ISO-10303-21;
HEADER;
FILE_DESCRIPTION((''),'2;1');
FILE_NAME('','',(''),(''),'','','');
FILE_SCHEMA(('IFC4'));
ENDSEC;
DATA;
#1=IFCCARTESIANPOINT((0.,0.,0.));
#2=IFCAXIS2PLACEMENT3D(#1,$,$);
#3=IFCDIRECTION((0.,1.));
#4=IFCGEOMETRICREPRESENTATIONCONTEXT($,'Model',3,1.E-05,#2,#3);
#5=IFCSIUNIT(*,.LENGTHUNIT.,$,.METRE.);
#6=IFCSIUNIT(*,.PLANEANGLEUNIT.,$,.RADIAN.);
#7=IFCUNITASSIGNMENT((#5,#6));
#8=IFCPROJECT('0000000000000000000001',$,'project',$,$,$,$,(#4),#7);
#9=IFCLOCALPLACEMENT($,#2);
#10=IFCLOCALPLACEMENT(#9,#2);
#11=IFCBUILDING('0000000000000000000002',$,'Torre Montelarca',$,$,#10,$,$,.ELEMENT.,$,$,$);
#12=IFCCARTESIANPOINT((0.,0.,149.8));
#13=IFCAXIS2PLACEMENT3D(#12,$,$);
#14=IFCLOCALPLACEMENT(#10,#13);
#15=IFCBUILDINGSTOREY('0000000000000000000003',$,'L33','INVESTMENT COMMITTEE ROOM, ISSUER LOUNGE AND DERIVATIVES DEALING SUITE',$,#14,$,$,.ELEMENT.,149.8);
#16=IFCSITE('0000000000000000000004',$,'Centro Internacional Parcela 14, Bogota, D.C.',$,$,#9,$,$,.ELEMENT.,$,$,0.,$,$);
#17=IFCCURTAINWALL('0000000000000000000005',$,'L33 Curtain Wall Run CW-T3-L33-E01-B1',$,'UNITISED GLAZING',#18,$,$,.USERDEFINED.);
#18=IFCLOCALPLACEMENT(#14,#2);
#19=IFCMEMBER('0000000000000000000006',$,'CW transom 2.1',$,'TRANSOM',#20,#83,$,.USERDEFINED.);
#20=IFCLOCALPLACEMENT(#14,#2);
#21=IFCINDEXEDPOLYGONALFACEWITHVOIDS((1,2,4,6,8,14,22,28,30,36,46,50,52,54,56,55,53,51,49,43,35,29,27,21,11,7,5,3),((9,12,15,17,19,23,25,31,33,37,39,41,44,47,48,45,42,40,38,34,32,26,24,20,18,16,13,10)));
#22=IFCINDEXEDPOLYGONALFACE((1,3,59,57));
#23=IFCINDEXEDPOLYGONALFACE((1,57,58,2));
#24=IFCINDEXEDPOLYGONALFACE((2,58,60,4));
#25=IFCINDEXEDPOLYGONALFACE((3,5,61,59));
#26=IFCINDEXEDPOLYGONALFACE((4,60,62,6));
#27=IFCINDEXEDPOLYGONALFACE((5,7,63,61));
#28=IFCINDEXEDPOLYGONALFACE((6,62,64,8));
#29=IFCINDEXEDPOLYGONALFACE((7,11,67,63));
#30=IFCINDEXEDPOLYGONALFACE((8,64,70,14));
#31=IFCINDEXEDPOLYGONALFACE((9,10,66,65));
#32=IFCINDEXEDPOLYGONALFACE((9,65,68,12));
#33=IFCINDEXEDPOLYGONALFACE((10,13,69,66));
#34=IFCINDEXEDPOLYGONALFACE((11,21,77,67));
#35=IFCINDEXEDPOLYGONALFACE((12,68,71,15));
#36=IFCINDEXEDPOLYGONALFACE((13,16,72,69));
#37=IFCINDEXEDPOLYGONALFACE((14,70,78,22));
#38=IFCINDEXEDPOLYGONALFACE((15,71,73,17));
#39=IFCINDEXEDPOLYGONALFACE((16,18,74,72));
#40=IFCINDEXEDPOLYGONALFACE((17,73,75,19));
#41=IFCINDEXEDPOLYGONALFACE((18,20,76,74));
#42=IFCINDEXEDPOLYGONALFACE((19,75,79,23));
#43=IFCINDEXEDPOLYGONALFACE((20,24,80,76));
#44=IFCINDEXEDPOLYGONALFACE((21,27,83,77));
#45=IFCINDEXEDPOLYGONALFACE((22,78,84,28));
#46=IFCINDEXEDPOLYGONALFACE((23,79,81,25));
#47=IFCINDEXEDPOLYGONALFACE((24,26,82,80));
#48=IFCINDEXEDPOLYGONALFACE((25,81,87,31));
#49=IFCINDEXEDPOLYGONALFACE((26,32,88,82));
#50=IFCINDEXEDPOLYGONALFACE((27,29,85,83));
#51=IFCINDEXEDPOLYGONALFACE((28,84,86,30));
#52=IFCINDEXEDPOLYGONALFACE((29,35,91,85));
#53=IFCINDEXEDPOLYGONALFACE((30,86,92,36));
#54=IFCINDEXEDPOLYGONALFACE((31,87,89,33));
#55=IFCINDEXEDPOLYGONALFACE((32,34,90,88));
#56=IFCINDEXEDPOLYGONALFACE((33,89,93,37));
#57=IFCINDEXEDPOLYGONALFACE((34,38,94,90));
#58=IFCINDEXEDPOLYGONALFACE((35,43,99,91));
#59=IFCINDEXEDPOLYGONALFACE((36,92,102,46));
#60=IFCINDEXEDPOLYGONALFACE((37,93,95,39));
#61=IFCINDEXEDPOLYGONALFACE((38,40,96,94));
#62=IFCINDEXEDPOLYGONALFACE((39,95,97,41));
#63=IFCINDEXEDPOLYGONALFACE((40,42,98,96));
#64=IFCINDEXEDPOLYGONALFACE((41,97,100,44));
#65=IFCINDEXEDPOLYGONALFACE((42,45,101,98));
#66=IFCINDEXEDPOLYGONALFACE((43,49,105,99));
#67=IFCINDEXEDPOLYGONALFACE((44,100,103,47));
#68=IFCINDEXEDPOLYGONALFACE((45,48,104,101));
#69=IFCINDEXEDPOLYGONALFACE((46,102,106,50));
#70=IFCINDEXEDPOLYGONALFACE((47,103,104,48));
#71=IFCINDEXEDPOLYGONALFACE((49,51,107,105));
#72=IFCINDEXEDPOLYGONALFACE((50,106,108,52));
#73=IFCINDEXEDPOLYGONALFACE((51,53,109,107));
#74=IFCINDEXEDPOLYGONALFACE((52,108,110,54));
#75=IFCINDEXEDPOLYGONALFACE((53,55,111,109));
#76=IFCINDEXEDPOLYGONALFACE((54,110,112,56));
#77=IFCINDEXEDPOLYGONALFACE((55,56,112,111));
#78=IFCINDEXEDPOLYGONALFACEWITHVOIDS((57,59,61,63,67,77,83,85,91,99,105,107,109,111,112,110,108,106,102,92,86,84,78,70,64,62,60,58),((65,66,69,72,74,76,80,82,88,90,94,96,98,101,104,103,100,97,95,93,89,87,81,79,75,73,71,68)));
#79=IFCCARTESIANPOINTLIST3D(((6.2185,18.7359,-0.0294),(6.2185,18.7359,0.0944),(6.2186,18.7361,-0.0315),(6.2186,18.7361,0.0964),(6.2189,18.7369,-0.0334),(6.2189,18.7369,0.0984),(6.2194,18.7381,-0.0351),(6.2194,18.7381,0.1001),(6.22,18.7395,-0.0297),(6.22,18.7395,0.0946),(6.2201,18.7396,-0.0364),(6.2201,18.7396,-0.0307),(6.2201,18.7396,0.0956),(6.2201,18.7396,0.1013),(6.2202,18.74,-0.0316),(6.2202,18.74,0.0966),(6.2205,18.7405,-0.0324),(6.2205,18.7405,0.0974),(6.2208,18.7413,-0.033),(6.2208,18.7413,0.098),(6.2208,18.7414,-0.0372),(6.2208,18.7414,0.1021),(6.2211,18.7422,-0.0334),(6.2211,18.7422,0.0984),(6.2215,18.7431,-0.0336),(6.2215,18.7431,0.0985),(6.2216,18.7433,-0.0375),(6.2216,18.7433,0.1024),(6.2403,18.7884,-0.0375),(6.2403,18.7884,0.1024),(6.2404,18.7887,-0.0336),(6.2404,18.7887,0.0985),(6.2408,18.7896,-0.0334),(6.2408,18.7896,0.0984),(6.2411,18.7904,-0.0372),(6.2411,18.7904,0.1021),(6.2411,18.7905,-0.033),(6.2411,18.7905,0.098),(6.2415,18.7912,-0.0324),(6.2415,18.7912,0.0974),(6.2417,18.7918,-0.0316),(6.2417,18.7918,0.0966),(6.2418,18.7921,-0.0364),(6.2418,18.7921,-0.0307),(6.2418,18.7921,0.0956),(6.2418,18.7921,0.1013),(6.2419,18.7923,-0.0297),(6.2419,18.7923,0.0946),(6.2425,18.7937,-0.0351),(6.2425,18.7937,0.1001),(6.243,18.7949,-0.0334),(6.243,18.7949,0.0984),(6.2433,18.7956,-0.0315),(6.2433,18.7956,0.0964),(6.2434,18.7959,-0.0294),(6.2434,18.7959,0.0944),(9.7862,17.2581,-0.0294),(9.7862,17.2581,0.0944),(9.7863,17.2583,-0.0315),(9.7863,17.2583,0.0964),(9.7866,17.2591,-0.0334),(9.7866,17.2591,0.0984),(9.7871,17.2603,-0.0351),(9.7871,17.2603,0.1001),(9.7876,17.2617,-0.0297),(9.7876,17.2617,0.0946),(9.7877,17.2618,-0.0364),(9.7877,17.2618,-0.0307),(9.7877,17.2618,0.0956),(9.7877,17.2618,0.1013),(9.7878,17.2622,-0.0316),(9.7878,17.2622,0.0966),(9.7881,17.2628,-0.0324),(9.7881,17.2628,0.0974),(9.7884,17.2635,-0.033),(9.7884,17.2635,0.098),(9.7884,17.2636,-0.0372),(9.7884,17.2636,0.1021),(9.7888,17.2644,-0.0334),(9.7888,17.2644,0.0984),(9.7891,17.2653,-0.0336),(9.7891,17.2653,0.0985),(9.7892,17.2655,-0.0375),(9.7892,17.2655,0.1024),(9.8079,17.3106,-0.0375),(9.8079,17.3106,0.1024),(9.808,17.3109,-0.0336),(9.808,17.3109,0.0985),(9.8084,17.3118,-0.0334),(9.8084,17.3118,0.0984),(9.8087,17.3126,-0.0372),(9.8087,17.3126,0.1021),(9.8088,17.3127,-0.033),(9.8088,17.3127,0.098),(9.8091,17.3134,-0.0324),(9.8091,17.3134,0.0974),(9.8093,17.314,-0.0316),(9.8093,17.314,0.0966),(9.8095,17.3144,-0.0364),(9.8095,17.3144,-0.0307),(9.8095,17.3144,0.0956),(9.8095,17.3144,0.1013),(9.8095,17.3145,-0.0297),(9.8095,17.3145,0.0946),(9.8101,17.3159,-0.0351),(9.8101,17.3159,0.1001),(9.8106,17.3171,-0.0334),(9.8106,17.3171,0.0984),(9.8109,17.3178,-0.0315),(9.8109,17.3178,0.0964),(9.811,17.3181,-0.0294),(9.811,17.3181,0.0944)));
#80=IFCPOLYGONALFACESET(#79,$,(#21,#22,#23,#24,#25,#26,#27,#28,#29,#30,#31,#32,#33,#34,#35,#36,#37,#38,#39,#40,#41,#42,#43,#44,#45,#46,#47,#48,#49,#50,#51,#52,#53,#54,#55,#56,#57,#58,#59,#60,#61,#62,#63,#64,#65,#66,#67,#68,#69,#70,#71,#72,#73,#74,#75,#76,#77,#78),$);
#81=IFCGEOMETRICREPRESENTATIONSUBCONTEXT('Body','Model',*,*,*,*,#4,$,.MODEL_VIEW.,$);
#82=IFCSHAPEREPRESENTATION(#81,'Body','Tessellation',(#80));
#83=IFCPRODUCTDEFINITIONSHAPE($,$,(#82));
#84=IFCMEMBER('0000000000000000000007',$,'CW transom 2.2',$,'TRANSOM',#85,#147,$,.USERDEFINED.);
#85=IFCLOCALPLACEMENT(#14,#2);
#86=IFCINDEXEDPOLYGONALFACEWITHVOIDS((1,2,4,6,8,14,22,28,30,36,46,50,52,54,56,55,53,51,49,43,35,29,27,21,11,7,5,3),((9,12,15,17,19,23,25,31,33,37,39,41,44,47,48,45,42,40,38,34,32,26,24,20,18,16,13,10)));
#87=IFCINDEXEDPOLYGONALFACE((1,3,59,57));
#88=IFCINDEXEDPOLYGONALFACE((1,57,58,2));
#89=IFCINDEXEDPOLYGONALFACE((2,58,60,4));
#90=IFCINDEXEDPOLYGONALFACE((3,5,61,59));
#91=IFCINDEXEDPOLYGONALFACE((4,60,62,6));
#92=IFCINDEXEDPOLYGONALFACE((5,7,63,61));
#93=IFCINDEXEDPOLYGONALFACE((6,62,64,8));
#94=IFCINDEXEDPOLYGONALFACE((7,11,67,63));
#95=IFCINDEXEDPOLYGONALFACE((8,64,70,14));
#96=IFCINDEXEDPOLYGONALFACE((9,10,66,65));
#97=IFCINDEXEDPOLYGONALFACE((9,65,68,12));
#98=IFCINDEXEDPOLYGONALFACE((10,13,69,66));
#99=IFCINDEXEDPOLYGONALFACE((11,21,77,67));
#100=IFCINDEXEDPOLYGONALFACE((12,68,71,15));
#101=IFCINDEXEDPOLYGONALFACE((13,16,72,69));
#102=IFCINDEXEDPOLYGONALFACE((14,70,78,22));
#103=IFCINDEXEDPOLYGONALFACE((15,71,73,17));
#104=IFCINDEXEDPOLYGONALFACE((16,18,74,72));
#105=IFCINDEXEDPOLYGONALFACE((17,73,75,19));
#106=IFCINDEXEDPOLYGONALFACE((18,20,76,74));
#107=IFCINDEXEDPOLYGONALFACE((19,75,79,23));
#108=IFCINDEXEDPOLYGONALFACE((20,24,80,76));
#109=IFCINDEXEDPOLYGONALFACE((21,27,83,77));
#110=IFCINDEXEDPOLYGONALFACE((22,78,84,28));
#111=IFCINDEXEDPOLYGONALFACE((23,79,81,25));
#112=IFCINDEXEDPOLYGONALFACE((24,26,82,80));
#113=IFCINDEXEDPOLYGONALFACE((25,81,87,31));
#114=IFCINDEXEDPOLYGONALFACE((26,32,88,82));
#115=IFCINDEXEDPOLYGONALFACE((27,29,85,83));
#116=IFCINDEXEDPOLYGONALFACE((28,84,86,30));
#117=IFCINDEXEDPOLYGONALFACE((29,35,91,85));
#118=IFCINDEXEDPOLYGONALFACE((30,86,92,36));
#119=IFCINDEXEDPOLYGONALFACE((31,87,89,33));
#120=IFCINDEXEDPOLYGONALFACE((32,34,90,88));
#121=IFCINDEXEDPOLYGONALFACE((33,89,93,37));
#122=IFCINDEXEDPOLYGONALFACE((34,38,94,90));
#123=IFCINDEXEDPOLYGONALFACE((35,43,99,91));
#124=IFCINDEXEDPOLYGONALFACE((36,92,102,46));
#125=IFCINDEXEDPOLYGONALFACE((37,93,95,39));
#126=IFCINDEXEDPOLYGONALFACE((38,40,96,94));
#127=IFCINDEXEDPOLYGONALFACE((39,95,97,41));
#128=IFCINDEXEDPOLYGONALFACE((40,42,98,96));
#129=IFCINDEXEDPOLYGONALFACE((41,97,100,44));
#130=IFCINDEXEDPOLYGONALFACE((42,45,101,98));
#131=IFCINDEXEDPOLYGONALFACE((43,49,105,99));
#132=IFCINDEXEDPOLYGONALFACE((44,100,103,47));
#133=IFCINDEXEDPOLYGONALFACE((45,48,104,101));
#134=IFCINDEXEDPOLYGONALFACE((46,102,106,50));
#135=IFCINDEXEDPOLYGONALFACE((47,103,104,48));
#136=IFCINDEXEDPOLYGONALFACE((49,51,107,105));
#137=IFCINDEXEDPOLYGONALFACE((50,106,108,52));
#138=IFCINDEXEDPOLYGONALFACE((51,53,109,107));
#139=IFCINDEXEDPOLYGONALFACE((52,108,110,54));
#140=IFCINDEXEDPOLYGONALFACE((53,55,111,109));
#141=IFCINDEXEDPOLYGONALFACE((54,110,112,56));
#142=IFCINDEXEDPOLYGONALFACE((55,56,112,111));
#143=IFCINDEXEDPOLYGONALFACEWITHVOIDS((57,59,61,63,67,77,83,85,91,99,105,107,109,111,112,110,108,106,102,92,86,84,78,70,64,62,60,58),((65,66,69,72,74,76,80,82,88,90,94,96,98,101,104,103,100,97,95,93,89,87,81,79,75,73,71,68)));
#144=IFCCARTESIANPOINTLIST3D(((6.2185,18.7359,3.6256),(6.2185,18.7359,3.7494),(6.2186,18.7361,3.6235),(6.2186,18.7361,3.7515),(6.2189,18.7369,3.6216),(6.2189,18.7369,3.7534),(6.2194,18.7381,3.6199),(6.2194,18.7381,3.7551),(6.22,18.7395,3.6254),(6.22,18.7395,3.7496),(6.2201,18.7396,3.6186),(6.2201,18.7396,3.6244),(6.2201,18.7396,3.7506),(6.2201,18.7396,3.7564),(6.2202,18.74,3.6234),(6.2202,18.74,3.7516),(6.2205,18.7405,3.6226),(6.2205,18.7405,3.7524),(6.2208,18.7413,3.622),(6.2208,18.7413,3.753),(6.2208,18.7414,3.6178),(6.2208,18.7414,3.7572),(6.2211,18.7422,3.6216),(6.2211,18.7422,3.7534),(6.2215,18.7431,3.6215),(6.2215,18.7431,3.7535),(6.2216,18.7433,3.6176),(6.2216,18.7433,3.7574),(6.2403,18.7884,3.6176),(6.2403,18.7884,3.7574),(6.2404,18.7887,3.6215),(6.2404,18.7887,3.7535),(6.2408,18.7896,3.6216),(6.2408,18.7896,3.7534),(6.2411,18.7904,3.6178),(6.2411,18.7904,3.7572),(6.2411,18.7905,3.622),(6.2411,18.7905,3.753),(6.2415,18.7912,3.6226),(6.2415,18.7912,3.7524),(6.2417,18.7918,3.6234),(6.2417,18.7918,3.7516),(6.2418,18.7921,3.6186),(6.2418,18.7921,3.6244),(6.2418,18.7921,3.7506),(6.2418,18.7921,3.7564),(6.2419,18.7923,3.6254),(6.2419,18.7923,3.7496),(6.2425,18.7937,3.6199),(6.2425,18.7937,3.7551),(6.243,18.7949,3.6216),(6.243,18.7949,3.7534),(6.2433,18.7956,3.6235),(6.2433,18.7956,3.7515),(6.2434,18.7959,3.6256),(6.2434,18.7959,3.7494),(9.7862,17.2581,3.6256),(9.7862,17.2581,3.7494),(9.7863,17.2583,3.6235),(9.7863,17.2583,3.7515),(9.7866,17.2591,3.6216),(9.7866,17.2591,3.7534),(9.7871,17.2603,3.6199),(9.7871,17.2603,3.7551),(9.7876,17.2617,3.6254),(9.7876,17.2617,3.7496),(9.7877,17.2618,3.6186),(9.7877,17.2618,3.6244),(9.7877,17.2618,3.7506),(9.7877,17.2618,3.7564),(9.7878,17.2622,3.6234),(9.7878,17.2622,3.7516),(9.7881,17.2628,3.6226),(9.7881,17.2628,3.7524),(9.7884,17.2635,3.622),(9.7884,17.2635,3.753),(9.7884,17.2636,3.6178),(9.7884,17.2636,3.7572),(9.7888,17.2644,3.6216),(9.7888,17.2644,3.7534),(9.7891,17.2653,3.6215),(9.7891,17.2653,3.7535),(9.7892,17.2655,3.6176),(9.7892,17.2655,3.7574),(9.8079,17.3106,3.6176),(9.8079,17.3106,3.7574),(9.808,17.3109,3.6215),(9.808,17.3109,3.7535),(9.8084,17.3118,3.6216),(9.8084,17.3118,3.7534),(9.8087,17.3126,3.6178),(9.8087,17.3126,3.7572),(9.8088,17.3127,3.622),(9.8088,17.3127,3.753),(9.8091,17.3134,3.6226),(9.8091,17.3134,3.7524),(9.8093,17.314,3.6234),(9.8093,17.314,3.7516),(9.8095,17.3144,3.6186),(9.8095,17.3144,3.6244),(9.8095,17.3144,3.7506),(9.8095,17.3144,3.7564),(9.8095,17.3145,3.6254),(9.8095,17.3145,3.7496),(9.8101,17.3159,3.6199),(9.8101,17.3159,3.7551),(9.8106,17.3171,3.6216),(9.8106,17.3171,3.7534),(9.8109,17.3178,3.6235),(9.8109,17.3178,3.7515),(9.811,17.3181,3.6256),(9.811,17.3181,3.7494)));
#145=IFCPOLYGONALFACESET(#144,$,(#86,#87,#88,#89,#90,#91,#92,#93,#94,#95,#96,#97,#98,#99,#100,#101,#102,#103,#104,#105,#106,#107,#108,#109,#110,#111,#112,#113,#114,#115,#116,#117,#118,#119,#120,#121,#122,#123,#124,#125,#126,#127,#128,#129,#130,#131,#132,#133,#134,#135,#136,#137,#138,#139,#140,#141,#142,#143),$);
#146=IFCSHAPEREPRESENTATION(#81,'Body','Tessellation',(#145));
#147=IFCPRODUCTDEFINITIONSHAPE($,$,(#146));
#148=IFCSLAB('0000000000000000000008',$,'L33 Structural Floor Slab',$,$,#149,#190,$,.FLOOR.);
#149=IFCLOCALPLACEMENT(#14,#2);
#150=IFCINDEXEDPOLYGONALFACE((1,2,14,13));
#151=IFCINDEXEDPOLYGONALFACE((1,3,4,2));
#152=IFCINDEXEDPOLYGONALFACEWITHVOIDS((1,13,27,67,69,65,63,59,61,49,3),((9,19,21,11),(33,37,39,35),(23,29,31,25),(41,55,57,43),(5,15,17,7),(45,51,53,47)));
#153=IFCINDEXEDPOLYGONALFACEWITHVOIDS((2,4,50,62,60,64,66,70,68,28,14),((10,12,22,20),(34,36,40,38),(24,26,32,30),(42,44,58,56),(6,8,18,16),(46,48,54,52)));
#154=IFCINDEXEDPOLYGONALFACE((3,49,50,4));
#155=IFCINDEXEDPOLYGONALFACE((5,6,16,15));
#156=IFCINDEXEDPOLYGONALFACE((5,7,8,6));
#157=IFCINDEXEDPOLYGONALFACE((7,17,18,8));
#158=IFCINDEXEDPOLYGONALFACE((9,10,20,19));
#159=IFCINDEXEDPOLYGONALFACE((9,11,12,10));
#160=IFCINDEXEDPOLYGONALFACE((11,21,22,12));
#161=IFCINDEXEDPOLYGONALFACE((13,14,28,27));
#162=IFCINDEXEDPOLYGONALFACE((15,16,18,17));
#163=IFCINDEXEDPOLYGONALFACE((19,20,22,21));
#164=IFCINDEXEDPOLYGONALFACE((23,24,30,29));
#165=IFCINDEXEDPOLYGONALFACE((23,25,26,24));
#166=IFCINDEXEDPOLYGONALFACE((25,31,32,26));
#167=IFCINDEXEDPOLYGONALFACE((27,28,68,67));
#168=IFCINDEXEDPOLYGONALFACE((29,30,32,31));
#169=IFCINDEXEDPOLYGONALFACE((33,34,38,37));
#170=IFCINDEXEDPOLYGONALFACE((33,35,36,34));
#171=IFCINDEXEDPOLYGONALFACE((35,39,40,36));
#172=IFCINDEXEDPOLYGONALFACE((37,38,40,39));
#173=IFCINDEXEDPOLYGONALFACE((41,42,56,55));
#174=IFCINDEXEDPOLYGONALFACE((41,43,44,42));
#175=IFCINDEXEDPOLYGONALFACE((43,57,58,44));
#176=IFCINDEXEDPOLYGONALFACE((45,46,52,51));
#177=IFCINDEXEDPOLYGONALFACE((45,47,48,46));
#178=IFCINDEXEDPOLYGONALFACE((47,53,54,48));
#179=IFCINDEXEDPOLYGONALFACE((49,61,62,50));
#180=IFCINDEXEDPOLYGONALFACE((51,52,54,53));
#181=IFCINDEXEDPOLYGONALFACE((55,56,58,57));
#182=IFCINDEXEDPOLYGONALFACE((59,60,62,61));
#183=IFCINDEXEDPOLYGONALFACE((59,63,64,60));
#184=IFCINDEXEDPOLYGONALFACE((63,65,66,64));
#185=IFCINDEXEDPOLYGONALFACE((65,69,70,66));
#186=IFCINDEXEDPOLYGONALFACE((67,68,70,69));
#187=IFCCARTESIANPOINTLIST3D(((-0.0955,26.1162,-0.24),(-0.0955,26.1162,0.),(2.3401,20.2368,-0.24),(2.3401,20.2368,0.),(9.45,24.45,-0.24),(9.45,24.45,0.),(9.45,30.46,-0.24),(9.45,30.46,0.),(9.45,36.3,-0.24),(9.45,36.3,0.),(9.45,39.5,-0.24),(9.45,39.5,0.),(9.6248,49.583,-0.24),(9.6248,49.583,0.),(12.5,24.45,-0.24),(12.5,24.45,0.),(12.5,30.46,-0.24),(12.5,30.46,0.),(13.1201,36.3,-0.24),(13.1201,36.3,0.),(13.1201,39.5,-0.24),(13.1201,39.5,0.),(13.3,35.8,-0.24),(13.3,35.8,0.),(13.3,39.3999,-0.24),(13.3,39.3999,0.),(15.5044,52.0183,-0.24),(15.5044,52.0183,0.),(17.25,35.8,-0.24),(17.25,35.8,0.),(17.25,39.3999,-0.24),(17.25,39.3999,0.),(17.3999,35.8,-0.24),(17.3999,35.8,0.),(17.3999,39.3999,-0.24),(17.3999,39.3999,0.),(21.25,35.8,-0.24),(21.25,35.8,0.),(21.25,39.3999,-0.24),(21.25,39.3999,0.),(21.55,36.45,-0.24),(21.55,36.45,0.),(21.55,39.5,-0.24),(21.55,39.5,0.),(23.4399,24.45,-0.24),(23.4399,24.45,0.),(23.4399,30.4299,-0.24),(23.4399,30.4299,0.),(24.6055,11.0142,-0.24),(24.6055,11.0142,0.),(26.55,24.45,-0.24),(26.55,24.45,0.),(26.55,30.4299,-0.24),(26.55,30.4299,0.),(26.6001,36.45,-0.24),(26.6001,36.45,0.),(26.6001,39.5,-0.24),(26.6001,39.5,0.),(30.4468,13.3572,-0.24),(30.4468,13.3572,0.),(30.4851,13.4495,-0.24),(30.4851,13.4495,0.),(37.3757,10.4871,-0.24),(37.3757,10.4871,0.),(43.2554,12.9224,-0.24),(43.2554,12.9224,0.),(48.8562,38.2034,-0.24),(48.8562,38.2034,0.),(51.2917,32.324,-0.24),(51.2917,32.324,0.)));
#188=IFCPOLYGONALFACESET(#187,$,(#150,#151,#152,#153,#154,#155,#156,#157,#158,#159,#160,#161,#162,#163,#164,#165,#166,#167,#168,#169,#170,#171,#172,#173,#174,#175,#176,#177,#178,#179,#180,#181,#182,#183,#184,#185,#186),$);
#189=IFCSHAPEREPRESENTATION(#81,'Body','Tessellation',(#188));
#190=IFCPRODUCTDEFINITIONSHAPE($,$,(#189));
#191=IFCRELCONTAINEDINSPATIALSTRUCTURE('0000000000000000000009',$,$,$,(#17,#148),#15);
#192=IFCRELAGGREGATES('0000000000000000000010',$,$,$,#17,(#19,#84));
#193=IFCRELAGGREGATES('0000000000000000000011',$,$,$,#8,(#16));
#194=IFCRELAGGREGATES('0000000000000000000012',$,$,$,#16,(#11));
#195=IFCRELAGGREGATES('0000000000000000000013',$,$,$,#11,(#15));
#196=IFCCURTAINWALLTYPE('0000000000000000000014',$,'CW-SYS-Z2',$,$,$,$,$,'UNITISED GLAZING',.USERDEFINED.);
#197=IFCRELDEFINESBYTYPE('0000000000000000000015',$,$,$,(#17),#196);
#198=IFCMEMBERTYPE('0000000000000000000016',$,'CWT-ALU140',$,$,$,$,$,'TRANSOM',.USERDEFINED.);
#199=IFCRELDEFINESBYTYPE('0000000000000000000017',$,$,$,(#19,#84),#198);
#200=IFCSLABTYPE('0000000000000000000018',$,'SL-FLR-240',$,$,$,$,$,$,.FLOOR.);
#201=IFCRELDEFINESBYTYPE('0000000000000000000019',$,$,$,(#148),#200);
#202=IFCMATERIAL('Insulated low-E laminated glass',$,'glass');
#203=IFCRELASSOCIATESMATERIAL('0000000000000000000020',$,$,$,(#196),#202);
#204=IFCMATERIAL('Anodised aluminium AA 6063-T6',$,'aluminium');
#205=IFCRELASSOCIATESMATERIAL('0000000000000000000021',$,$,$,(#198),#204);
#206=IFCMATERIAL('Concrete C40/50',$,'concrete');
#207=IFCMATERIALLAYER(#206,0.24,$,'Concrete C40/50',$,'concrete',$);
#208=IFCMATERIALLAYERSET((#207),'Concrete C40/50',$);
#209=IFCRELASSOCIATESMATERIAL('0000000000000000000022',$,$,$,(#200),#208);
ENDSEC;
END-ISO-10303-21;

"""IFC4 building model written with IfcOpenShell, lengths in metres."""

from ifc_helpers import new_model, si_unit, direction, frame, origin, origin_2d, place, context, subcontext, project, spatial, polyline, hollow_rectangle, outline, extrude, source, transform, mapped, material, layer, layer_set, material_profile, profile_set, type_object, element, aggregate, save


model = new_model("IFC4")

# Units and contexts
model_context = context("Model", 3, precision=1e-05, world=origin(), true_north=direction((0.0, 1.0)))
body_context = subcontext(model_context, "Body", "Model", "MODEL_VIEW")
ifc_project = project(units=[si_unit("LENGTHUNIT", "METRE"), si_unit("PLANEANGLEUNIT", "RADIAN")], contexts=[model_context])

# Site, building, storey
site_placement = place(None, origin())
site = spatial("IfcSite", under=ifc_project, at=site_placement, Name="Centro Internacional Parcela 14, Bogota, D.C.", CompositionType="ELEMENT", RefElevation=0.0)
building_placement = place(site_placement, origin())
building = spatial("IfcBuilding", under=site, at=building_placement, Name="Torre Montelarca", CompositionType="ELEMENT")
storey_placement = place(building_placement, frame((0.0, 0.0, 149.8)))
storey = spatial("IfcBuildingStorey", under=building, at=storey_placement, Name="L33", Description="INVESTMENT COMMITTEE ROOM, ISSUER LOUNGE AND DERIVATIVES DEALING SUITE", CompositionType="ELEMENT", Elevation=149.8)

# Curtain wall
ifc_material_1 = material(Name="Insulated low-E laminated glass", Category="glass")
curtain_wall_type = type_object("IfcCurtainWallType", Name="CW-SYS-Z2", ElementType="UNITISED GLAZING", PredefinedType="USERDEFINED", material=ifc_material_1)
curtain_wall_1_placement = place(storey_placement, origin())
curtain_wall_1 = element("IfcCurtainWall", 1, at=curtain_wall_1_placement, inside=storey, type_object=curtain_wall_type, Name="L33 Curtain Wall Run CW-T3-L33-E01-B1", ObjectType="UNITISED GLAZING", PredefinedType="USERDEFINED")
ifc_material_2 = material(Name="Anodised aluminium AA 6063-T6", Category="aluminium")

# Members
ifc_material_profile_1 = material_profile(ifc_material_2, hollow_rectangle(XDim=0.0649, YDim=0.1399, WallThickness=0.0039, InnerFilletRadius=0.0039, OuterFilletRadius=0.0081, at=origin_2d()), Name="ALU65X140X4", Category="aluminium")
ifc_profile_set_1 = profile_set([ifc_material_profile_1], Name="Anodised aluminium AA 6063-T6")
member_type_1 = type_object("IfcMemberType", Name="CWT-ALU140", ElementType="TRANSOM", PredefinedType="USERDEFINED", material=ifc_profile_set_1)
shared_shape_1 = source(origin(), body_context, "Body", "SweptSolid", [
    extrude(hollow_rectangle(XDim=0.0649, YDim=0.1399, WallThickness=0.0039, InnerFilletRadius=0.0039, OuterFilletRadius=0.0081, at=origin_2d()), origin(), (0.0, 0.0, 1.0), 3.8616),
])
member_1_placement = place(storey_placement, frame((6.231, 18.7659, 0.0325), z_axis=(0.923877, -0.382689, 0.0), x_axis=(0.382689, 0.923877, 0.0)))
member_1 = element("IfcMember", 2, at=member_1_placement, type_object=member_type_1, Name="CW transom 2.1", ObjectType="TRANSOM", PredefinedType="USERDEFINED", context=body_context, shape_type="MappedRepresentation", body=[
    mapped(shared_shape_1, transform((0.0, 0.0, 0.0), scale=1.0)),
])
member_2_placement = place(storey_placement, frame((6.231, 18.7659, 3.6875), z_axis=(0.923877, -0.382689, 0.0), x_axis=(0.382689, 0.923877, 0.0)))
member_2 = element("IfcMember", 3, at=member_2_placement, type_object=member_type_1, Name="CW transom 2.2", ObjectType="TRANSOM", PredefinedType="USERDEFINED", context=body_context, shape_type="MappedRepresentation", body=[
    mapped(shared_shape_1, transform((0.0, 0.0, 0.0), scale=1.0)),
])

# Slab
ifc_material_3 = material(Name="Concrete C40/50", Category="concrete")
ifc_layer_1 = layer(ifc_material_3, 0.24, Name="Concrete C40/50", Category="concrete")
ifc_layer_set_1 = layer_set([ifc_layer_1], Name="Concrete C40/50")
slab_type_1 = type_object("IfcSlabType", Name="SL-FLR-240", PredefinedType="FLOOR", material=ifc_layer_set_1)
slab_1_placement = place(storey_placement, frame((0.0, 0.0, -0.24)))
element("IfcSlab", 4, at=slab_1_placement, inside=storey, type_object=slab_type_1, Name="L33 Structural Floor Slab", PredefinedType="FLOOR", context=body_context, shape_type="SweptSolid", body=[
    extrude(outline(polyline([(24.6055, 11.0142), (30.4851, 13.4495), (30.4468, 13.3572), (37.3757, 10.4871), (43.2554, 12.9224), (51.2917, 32.324), (48.8562, 38.2034), (15.5044, 52.0183), (9.6248, 49.583), (-0.0955, 26.1162), (2.3401, 20.2368), (24.6055, 11.0142)]), holes=[polyline([(26.55, 24.45), (23.4399, 24.45), (23.4399, 30.4299), (26.55, 30.4299), (26.55, 24.45)]), polyline([(9.45, 24.45), (9.45, 30.46), (12.5, 30.46), (12.5, 24.45), (9.45, 24.45)]), polyline([(17.25, 35.8), (13.3, 35.8), (13.3, 39.3999), (17.25, 39.3999), (17.25, 35.8)]), polyline([(21.25, 39.3999), (21.25, 35.8), (17.3999, 35.8), (17.3999, 39.3999), (21.25, 39.3999)]), polyline([(13.1201, 36.3), (9.45, 36.3), (9.45, 39.5), (13.1201, 39.5), (13.1201, 36.3)]), polyline([(26.6001, 36.45), (21.55, 36.45), (21.55, 39.5), (26.6001, 39.5), (26.6001, 36.45)])]), origin(), (0.0, 0.0, 1.0), 0.24),
])

aggregate(curtain_wall_1, [member_1, member_2])

save(model, "model.ifc")
